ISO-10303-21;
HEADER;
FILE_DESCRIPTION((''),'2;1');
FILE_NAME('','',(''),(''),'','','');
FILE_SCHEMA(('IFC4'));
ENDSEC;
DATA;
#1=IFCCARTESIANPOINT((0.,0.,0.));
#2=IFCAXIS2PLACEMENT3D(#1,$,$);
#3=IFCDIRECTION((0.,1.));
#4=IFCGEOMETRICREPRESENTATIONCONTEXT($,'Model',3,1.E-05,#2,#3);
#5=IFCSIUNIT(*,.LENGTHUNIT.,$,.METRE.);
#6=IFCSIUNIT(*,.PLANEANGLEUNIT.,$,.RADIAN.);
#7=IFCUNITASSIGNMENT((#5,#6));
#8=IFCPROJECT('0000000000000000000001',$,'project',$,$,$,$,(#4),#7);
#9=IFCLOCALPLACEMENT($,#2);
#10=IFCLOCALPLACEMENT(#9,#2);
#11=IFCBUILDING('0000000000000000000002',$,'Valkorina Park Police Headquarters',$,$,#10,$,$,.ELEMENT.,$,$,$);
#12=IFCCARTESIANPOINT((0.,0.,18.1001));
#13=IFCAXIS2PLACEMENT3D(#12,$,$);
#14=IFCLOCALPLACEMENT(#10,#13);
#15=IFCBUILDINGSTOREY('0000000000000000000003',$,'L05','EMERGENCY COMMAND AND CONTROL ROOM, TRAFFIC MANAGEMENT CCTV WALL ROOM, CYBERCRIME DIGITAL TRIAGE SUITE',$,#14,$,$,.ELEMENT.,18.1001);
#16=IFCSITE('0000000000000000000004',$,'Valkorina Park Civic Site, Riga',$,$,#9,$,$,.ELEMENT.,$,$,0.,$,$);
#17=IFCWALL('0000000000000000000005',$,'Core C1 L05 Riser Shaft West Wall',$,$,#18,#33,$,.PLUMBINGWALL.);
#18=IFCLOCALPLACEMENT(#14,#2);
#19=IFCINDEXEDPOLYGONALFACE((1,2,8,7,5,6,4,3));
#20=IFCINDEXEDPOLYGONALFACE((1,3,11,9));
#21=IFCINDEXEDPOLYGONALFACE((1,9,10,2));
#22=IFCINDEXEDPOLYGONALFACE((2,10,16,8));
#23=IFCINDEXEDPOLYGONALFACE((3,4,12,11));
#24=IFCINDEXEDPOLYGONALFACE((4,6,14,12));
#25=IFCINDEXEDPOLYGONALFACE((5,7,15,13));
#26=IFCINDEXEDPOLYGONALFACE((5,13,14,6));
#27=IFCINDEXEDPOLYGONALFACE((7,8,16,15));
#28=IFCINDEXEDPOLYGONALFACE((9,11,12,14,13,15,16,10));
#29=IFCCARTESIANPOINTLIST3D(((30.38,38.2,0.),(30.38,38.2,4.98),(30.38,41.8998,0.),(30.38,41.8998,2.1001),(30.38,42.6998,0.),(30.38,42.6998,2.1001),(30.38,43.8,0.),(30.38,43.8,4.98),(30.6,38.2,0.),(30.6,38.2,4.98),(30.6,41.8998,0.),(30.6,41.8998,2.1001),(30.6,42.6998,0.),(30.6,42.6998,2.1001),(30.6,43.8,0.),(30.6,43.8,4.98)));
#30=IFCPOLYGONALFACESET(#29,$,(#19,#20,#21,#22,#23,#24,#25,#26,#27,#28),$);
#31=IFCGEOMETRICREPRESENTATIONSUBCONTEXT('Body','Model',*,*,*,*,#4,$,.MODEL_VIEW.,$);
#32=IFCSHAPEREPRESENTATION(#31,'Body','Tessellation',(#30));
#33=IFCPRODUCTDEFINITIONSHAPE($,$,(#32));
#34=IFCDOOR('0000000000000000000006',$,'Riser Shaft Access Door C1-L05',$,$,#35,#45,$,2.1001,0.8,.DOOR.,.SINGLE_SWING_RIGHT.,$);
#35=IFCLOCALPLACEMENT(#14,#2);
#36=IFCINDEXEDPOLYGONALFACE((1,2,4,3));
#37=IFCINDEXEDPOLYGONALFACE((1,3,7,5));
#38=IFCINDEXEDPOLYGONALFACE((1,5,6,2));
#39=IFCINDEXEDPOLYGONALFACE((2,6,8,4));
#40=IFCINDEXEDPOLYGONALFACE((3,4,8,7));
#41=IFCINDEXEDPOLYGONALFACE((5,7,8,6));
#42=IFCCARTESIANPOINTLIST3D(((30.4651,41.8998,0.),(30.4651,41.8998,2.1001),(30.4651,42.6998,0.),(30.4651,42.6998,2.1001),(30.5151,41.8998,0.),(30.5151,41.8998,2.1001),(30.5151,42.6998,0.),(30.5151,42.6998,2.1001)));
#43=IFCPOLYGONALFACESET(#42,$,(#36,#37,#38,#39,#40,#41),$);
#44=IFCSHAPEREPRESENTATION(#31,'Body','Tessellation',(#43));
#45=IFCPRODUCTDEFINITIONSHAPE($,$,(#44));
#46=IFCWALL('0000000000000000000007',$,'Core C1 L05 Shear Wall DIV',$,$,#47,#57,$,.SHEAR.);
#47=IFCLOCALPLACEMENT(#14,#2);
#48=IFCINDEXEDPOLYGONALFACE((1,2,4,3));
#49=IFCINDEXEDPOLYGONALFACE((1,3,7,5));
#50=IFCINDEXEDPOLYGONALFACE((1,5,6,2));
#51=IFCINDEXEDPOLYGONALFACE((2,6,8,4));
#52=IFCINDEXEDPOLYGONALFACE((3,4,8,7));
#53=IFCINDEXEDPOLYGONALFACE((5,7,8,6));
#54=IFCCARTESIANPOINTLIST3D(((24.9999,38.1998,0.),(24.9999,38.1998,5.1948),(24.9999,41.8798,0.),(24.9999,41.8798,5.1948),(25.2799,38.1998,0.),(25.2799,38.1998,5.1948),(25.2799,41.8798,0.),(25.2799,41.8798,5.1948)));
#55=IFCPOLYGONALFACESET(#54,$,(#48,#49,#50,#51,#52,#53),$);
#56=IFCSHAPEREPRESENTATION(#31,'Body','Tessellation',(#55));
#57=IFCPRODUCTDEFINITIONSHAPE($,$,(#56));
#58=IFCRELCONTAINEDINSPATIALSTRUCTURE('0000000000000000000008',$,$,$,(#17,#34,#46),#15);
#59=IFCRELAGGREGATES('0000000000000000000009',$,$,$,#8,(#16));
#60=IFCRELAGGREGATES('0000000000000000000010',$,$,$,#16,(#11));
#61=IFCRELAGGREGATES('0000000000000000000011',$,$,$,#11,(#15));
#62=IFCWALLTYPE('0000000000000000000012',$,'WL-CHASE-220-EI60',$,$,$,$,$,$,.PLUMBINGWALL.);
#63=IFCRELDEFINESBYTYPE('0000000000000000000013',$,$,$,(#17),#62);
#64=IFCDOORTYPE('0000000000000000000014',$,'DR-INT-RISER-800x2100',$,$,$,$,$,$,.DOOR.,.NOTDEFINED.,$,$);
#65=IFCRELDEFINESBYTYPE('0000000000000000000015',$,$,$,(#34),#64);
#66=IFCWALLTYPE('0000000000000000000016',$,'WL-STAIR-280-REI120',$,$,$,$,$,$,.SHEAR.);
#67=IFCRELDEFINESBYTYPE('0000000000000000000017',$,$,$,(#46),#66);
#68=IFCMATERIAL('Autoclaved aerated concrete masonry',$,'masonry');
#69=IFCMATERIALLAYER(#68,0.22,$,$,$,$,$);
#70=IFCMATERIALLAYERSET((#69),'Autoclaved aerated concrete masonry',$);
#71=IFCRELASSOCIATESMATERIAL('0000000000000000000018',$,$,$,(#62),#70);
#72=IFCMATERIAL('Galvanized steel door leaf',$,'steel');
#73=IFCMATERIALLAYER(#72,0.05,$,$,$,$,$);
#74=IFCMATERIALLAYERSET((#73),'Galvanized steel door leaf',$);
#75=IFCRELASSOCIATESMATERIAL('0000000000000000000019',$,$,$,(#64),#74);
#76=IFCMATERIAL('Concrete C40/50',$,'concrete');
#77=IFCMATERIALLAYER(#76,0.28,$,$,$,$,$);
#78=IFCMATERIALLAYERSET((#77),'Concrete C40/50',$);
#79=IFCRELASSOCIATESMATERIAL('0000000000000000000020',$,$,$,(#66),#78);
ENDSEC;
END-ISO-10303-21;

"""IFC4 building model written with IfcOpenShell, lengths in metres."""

from ifc_helpers import new_model, si_unit, direction, frame, frame_2d, origin, place, context, subcontext, project, spatial, rectangle, extrude, material, layer, layer_set, type_object, element, fill, save


model = new_model("IFC4")

# Units and contexts
model_context = context("Model", 3, precision=1e-05, world=origin(), true_north=direction((0.0, 1.0)))
body_context = subcontext(model_context, "Body", "Model", "MODEL_VIEW")
ifc_project = project(units=[si_unit("LENGTHUNIT", "METRE"), si_unit("PLANEANGLEUNIT", "RADIAN")], contexts=[model_context])

# Site, building, storey
site_placement = place(None, origin())
site = spatial("IfcSite", under=ifc_project, at=site_placement, Name="Valkorina Park Civic Site, Riga", CompositionType="ELEMENT", RefElevation=0.0)
building_placement = place(site_placement, origin())
building = spatial("IfcBuilding", under=site, at=building_placement, Name="Valkorina Park Police Headquarters", CompositionType="ELEMENT")
storey_placement = place(building_placement, frame((0.0, 0.0, 18.1001)))
storey = spatial("IfcBuildingStorey", under=building, at=storey_placement, Name="L05", Description="EMERGENCY COMMAND AND CONTROL ROOM, TRAFFIC MANAGEMENT CCTV WALL ROOM, CYBERCRIME DIGITAL TRIAGE SUITE", CompositionType="ELEMENT", Elevation=18.1001)

# Shared definitions
ifc_material_1 = material(Name="Autoclaved aerated concrete masonry", Category="masonry")
ifc_layer_1 = layer(ifc_material_1, 0.22)
ifc_layer_set_1 = layer_set([ifc_layer_1], Name="Autoclaved aerated concrete masonry")
wall_type_1 = type_object("IfcWallType", Name="WL-CHASE-220-EI60", PredefinedType="PLUMBINGWALL", material=ifc_layer_set_1)

# Wall, opening, door
wall_1_placement = place(storey_placement, frame((30.49, 38.2, 0.0), z_axis=(0.0, 0.0, 1.0), x_axis=(0.0, 1.0, 0.0)))
wall_1 = element("IfcWall", 1, at=wall_1_placement, inside=storey, type_object=wall_type_1, Name="Core C1 L05 Riser Shaft West Wall", PredefinedType="PLUMBINGWALL", context=body_context, shape_type="SweptSolid", body=[
    extrude(rectangle(XDim=5.6001, YDim=0.22, at=frame_2d((2.8, 0.0))), origin(), (0.0, 0.0, 1.0), 4.98),
])
opening_1_placement = place(wall_1_placement, frame((3.7, 0.0, 0.0)))
opening_1 = element("IfcOpeningElement", 2, at=opening_1_placement, cuts=wall_1, PredefinedType="OPENING", context=body_context, shape_type="SweptSolid", body=[
    extrude(rectangle(XDim=0.8, YDim=2.1001, at=frame_2d((0.3999, 1.05))), frame((0.0, 0.1201, 0.0), z_axis=(0.0, -1.0, 0.0), x_axis=(1.0, 0.0, 0.0)), (0.0, 0.0, 1.0), 0.24),
])
ifc_material_2 = material(Name="Galvanized steel door leaf", Category="steel")
ifc_layer_2 = layer(ifc_material_2, 0.05)
ifc_layer_set_2 = layer_set([ifc_layer_2], Name="Galvanized steel door leaf")
door_type_1 = type_object("IfcDoorType", Name="DR-INT-RISER-800x2100", OperationType="NOTDEFINED", PredefinedType="DOOR", material=ifc_layer_set_2)
door_1_placement = place(opening_1_placement, origin())
door_1 = element("IfcDoor", 3, at=door_1_placement, inside=storey, type_object=door_type_1, Name="Riser Shaft Access Door C1-L05", OperationType="SINGLE_SWING_RIGHT", OverallHeight=2.1001, OverallWidth=0.8, PredefinedType="DOOR", context=body_context, shape_type="SweptSolid", body=[
    extrude(rectangle(XDim=0.8, YDim=2.1001, at=frame_2d((0.3999, 1.05))), frame((0.0, 0.0249, 0.0), z_axis=(0.0, -1.0, 0.0), x_axis=(1.0, 0.0, 0.0)), (0.0, 0.0, 1.0), 0.05),
])
fill(opening_1, door_1)

# Wall
ifc_material_3 = material(Name="Concrete C40/50", Category="concrete")
ifc_layer_3 = layer(ifc_material_3, 0.28)
ifc_layer_set_3 = layer_set([ifc_layer_3], Name="Concrete C40/50")
wall_type_2 = type_object("IfcWallType", Name="WL-STAIR-280-REI120", PredefinedType="SHEAR", material=ifc_layer_set_3)
wall_2_placement = place(storey_placement, frame((25.1399, 38.2, 0.0), z_axis=(0.0, 0.0, 1.0), x_axis=(0.0, 1.0, 0.0)))
element("IfcWall", 4, at=wall_2_placement, inside=storey, type_object=wall_type_2, Name="Core C1 L05 Shear Wall DIV", PredefinedType="SHEAR", context=body_context, shape_type="SweptSolid", body=[
    extrude(rectangle(XDim=3.6799, YDim=0.28, at=frame_2d((1.8398, 0.0))), origin(), (0.0, 0.0, 1.0), 5.1948),
])

save(model, "model.ifc")
